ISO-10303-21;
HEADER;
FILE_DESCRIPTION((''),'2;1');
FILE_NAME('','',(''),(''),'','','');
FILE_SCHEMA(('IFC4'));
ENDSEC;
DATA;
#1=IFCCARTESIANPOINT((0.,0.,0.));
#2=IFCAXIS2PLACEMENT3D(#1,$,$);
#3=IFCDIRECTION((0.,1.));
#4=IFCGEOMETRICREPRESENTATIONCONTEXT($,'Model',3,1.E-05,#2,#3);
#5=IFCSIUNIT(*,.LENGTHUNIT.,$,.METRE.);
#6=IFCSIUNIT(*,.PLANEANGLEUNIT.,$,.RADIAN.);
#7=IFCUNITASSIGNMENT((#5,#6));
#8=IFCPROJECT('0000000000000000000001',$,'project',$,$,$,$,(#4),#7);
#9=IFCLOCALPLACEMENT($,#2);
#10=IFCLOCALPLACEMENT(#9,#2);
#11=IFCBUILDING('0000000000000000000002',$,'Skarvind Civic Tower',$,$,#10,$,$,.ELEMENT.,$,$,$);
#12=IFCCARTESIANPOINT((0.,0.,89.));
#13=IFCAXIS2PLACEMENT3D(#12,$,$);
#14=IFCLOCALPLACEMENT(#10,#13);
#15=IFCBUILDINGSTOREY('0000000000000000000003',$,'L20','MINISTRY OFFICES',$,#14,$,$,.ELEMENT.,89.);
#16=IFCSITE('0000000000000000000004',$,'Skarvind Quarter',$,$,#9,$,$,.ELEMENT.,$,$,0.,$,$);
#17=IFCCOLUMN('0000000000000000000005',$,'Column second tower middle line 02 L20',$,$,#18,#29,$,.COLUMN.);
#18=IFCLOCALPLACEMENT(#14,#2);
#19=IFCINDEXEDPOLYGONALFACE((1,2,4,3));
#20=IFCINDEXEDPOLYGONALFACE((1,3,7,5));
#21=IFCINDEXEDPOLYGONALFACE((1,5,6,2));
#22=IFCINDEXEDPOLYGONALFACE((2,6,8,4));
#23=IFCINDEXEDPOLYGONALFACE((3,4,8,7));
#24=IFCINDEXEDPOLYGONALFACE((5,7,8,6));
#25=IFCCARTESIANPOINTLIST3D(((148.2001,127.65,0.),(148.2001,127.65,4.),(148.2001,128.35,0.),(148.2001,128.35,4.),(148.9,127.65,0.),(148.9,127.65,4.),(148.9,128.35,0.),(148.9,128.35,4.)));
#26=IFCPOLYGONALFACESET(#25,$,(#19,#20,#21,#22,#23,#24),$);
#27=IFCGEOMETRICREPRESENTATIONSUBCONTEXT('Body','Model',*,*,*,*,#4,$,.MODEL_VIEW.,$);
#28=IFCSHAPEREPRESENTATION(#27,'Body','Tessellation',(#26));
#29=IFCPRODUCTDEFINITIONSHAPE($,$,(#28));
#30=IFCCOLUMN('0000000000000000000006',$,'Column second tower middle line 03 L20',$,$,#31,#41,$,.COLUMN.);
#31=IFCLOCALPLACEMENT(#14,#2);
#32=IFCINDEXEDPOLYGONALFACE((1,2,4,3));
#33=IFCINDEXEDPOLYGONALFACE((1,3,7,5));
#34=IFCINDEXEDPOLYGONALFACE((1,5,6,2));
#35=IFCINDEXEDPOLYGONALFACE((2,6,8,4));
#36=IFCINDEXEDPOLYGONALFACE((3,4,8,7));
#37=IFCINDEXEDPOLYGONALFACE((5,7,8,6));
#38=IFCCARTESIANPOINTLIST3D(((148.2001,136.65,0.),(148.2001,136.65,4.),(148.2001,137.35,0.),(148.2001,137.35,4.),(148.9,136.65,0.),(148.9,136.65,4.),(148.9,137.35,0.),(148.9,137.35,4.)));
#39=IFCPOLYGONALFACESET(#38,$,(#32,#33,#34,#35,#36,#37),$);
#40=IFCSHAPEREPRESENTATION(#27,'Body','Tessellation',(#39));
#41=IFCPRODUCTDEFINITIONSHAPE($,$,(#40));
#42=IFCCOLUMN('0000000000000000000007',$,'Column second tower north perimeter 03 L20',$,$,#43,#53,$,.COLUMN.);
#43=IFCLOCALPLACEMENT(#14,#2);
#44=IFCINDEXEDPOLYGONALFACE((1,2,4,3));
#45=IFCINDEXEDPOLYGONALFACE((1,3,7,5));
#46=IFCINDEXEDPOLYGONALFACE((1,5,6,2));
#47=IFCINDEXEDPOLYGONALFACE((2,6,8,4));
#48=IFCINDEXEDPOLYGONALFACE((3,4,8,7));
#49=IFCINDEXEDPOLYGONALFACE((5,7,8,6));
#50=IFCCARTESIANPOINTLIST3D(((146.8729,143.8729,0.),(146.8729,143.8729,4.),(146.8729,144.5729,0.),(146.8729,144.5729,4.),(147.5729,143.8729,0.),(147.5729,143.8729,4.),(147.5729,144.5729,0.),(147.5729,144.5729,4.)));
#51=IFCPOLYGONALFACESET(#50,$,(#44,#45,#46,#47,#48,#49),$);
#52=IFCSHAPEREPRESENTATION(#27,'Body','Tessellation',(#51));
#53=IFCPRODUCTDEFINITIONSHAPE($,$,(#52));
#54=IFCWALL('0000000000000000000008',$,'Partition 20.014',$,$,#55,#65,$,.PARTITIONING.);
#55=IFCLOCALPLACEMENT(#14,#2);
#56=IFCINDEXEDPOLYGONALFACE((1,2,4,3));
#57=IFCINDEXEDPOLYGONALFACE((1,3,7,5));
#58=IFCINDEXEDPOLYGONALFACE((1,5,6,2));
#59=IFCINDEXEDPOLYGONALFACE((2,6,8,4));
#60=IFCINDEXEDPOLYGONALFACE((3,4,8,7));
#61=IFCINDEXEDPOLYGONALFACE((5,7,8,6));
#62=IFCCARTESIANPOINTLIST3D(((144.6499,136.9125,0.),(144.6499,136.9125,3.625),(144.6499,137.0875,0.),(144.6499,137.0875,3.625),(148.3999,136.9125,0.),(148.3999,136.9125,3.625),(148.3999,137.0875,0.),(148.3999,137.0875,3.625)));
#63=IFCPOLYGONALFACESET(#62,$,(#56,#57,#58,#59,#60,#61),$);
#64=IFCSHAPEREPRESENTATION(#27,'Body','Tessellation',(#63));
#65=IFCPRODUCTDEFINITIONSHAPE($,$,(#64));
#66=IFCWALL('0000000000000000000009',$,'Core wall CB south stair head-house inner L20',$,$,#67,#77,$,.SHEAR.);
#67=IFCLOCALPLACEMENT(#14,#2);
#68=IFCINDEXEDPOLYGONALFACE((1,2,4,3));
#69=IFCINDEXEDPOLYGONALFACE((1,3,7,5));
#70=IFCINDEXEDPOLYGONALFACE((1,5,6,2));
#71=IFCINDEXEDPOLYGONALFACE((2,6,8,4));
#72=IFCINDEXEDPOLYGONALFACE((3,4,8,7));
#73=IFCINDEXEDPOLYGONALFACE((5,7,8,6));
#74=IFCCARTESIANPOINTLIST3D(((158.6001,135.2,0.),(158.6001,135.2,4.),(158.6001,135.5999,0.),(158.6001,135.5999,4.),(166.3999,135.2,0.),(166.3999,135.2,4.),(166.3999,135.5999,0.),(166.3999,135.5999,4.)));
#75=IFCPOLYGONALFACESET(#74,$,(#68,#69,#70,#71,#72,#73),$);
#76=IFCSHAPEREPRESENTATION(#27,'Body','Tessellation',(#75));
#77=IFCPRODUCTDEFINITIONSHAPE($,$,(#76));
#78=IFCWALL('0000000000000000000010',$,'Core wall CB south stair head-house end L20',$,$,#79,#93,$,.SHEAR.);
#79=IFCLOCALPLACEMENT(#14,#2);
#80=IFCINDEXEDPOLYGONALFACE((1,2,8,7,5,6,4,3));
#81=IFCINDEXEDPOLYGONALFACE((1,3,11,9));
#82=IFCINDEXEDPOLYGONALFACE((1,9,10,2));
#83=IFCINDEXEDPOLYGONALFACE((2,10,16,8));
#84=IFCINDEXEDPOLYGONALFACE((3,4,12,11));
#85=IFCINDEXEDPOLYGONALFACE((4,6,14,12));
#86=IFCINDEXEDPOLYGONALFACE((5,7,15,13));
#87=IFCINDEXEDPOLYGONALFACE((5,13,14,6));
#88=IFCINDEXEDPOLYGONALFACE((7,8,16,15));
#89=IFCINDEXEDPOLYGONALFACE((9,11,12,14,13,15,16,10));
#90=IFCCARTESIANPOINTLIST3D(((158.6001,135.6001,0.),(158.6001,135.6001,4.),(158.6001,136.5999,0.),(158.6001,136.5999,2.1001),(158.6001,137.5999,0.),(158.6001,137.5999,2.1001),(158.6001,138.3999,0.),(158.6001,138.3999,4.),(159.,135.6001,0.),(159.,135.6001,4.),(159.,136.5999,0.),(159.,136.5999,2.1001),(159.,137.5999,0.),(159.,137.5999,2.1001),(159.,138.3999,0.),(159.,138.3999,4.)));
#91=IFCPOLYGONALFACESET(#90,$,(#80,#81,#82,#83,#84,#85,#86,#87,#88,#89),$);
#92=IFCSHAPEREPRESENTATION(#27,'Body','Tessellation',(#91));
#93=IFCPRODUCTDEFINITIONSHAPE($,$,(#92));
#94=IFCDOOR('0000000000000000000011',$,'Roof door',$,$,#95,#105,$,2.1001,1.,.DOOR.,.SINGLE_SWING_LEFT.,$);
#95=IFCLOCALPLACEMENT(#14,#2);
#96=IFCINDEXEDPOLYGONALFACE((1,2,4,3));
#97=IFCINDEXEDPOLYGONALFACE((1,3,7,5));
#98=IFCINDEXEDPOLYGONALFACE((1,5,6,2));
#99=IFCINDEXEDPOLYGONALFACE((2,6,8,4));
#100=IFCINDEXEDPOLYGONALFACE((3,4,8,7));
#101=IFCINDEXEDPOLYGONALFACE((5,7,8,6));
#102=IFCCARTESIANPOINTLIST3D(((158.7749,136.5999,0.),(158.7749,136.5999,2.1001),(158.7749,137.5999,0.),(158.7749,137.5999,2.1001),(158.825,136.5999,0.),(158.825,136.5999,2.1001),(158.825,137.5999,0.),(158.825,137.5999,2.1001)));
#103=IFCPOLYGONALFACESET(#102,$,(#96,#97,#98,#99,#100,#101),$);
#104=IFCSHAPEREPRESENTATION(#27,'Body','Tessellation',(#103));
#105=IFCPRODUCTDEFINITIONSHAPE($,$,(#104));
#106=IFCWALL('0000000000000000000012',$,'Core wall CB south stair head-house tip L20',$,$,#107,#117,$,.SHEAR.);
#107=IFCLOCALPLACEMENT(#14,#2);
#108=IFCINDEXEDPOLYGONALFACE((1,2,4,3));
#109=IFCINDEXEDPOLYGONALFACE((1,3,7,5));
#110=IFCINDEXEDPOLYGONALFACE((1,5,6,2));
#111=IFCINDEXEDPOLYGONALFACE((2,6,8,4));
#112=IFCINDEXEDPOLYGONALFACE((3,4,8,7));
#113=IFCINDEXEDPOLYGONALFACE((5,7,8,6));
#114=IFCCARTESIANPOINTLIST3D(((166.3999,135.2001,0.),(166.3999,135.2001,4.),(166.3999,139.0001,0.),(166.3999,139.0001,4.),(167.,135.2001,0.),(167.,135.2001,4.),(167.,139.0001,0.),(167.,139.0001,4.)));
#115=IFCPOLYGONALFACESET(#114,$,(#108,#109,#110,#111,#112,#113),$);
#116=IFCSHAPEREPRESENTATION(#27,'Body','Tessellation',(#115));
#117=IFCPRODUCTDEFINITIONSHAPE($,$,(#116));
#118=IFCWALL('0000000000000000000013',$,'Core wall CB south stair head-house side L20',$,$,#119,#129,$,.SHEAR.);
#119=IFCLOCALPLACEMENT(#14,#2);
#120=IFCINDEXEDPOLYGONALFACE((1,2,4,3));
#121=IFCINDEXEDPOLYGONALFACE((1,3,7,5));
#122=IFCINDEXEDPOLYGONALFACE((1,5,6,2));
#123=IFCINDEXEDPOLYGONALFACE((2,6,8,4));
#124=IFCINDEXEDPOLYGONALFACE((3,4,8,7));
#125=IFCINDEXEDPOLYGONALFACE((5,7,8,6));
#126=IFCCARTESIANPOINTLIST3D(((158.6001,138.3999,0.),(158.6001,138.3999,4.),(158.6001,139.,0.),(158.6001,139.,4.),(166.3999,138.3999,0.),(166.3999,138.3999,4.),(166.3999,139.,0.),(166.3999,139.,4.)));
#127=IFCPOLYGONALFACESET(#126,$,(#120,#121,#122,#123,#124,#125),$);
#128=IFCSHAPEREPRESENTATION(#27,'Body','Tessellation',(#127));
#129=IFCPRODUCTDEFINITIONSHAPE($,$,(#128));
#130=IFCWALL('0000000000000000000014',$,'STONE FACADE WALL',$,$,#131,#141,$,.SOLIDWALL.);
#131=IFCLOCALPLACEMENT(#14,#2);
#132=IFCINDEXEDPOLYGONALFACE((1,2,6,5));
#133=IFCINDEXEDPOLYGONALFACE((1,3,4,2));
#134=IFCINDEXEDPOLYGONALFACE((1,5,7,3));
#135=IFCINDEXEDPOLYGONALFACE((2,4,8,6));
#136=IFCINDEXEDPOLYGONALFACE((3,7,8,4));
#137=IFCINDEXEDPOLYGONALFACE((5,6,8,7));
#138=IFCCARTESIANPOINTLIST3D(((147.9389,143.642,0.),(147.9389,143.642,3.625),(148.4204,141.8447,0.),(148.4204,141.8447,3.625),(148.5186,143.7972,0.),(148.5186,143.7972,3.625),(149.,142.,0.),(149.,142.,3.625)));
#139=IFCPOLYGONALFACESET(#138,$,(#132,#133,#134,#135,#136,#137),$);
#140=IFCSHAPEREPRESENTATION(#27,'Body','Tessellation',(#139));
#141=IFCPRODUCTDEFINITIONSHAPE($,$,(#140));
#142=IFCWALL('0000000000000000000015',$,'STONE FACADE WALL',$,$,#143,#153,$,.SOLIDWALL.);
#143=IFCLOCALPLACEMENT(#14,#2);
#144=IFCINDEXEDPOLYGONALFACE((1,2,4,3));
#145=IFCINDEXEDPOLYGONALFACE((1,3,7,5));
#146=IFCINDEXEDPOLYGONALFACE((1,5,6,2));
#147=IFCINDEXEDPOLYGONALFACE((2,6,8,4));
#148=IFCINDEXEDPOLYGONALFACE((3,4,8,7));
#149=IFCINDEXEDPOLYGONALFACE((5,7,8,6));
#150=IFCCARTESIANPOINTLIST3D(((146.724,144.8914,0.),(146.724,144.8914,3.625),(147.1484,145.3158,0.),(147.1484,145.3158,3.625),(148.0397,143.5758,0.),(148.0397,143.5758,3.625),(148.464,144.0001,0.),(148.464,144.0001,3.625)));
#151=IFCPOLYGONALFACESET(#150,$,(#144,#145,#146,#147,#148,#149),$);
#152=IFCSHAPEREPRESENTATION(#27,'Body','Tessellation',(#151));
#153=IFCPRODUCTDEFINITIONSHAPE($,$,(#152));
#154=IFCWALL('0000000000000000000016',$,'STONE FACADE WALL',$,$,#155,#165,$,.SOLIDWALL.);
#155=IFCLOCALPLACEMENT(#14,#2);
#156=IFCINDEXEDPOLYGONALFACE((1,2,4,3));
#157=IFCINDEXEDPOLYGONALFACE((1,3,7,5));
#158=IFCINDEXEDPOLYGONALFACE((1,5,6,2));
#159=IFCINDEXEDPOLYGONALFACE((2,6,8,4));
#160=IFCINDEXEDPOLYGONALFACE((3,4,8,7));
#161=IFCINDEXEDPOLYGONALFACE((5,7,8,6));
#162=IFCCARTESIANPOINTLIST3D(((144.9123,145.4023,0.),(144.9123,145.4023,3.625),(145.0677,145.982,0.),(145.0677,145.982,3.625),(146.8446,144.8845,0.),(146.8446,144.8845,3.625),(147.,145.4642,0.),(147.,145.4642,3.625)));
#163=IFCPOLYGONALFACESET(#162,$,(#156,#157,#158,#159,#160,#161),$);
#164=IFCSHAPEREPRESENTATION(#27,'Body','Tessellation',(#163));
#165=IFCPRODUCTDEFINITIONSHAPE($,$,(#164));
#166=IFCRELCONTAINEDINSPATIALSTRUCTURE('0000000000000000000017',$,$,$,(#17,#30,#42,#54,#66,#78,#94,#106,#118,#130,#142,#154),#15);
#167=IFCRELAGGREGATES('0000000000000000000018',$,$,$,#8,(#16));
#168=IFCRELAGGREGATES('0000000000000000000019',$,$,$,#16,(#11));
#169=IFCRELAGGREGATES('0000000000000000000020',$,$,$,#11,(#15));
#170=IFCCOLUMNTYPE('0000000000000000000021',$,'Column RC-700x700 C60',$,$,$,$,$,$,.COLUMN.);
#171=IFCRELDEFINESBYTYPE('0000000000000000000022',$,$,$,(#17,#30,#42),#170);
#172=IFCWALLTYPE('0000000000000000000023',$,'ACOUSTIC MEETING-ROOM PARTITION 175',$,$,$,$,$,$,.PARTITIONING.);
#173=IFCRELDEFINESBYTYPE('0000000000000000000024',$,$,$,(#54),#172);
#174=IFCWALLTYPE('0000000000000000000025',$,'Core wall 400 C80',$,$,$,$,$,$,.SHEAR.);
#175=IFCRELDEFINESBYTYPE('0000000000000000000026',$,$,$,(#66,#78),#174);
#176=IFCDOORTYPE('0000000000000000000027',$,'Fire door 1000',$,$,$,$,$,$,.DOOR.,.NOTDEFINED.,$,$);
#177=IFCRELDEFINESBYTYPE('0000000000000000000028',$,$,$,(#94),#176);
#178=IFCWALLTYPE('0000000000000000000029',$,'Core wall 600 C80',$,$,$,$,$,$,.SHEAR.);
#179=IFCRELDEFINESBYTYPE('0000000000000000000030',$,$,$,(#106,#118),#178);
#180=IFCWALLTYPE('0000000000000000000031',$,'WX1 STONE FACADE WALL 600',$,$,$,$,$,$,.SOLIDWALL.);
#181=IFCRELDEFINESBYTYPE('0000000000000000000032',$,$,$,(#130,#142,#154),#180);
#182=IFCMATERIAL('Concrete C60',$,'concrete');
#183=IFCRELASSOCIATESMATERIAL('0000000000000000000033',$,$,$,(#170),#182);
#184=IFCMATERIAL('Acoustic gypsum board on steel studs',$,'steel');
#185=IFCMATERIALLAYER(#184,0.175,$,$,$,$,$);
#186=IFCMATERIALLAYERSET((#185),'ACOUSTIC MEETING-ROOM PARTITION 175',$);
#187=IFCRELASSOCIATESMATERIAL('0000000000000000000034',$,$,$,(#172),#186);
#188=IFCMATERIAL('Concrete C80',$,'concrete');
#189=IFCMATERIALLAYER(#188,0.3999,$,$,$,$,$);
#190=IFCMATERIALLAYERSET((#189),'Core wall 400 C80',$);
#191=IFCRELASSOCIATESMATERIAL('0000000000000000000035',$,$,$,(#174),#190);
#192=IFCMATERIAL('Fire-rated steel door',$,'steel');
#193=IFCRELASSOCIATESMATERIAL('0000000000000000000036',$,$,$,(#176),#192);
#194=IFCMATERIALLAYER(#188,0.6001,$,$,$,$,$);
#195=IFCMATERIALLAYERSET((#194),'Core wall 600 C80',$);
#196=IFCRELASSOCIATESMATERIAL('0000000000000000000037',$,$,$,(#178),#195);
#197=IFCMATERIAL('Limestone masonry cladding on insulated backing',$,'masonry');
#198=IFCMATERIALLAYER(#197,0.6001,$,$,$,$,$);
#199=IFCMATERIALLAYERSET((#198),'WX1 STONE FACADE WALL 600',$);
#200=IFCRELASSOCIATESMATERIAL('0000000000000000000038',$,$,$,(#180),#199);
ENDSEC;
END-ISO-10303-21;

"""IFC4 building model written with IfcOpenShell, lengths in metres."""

from ifc_helpers import new_model, si_unit, direction, frame, frame_2d, origin, origin_2d, place, context, subcontext, project, spatial, rectangle, extrude, material, layer, layer_set, material_profile, profile_set, type_object, element, fill, save


model = new_model("IFC4")

# Units and contexts
model_context = context("Model", 3, precision=1e-05, world=origin(), true_north=direction((0.0, 1.0)))
body_context = subcontext(model_context, "Body", "Model", "MODEL_VIEW")
ifc_project = project(units=[si_unit("LENGTHUNIT", "METRE"), si_unit("PLANEANGLEUNIT", "RADIAN")], contexts=[model_context])

# Site, building, storey
site_placement = place(None, origin())
site = spatial("IfcSite", under=ifc_project, at=site_placement, Name="Skarvind Quarter", CompositionType="ELEMENT", RefElevation=0.0)
building_placement = place(site_placement, origin())
building = spatial("IfcBuilding", under=site, at=building_placement, Name="Skarvind Civic Tower", CompositionType="ELEMENT")
storey_placement = place(building_placement, frame((0.0, 0.0, 89.0)))
storey = spatial("IfcBuildingStorey", under=building, at=storey_placement, Name="L20", Description="MINISTRY OFFICES", CompositionType="ELEMENT", Elevation=89.0)

# Columns
ifc_material_1 = material(Name="Concrete C60", Category="concrete")
ifc_material_profile = material_profile(ifc_material_1, rectangle(XDim=0.7, YDim=0.7, at=origin_2d()), Name="RC-700x700")
ifc_profile_set = profile_set([ifc_material_profile], Name="Concrete C60")
column_type = type_object("IfcColumnType", Name="Column RC-700x700 C60", PredefinedType="COLUMN", material=ifc_profile_set)
for number, where, z_axis, x_axis, name in (
    (1, (148.55, 128.0, 0.0), (0.0, 0.0, 1.0), (1.0, 0.0, 0.0), "Column second tower middle line 02 L20"),
    (2, (148.55, 137.0, 0.0), (0.0, 0.0, 1.0), (1.0, 0.0, 0.0), "Column second tower middle line 03 L20"),
    (3, (147.2229, 144.2229, 0.0), (0.0, 0.0, 1.0), (1.0, 0.0, 0.0), "Column second tower north perimeter 03 L20"),
):
    element("IfcColumn", number, at=place(storey_placement, frame(where, z_axis=z_axis, x_axis=x_axis)), inside=storey, type_object=column_type, Name=name, PredefinedType="COLUMN", context=body_context, shape_type="SweptSolid", body=[
        extrude(rectangle(XDim=0.7, YDim=0.7, at=origin_2d()), origin(), (0.0, 0.0, 1.0), 4.0),
    ])

# Walls
ifc_material_2 = material(Name="Acoustic gypsum board on steel studs", Category="steel")
ifc_layer_1 = layer(ifc_material_2, 0.175)
ifc_layer_set_1 = layer_set([ifc_layer_1], Name="ACOUSTIC MEETING-ROOM PARTITION 175")
wall_type_1 = type_object("IfcWallType", Name="ACOUSTIC MEETING-ROOM PARTITION 175", PredefinedType="PARTITIONING", material=ifc_layer_set_1)
wall_1_placement = place(storey_placement, frame((144.6499, 137.0, 0.0), z_axis=(0.0, 0.0, 1.0), x_axis=(1.0, 0.0, 0.0)))
element("IfcWall", 4, at=wall_1_placement, inside=storey, type_object=wall_type_1, Name="Partition 20.014", PredefinedType="PARTITIONING", context=body_context, shape_type="SweptSolid", body=[
    extrude(rectangle(XDim=3.75, YDim=0.175, at=frame_2d((1.875, 0.0))), origin(), (0.0, 0.0, 1.0), 3.625),
])
ifc_material_3 = material(Name="Concrete C80", Category="concrete")
ifc_layer_2 = layer(ifc_material_3, 0.3999)
ifc_layer_set_2 = layer_set([ifc_layer_2], Name="Core wall 400 C80")
wall_type_2 = type_object("IfcWallType", Name="Core wall 400 C80", PredefinedType="SHEAR", material=ifc_layer_set_2)
wall_2_placement = place(storey_placement, frame((166.3999, 135.3999, 0.0), z_axis=(0.0, 0.0, 1.0), x_axis=(-1.0, 0.0, 0.0)))
element("IfcWall", 5, at=wall_2_placement, inside=storey, type_object=wall_type_2, Name="Core wall CB south stair head-house inner L20", PredefinedType="SHEAR", context=body_context, shape_type="SweptSolid", body=[
    extrude(rectangle(XDim=7.7998, YDim=0.3999, at=frame_2d((3.8999, 0.0))), origin(), (0.0, 0.0, 1.0), 4.0),
])

# Wall, opening, door
wall_3_placement = place(storey_placement, frame((158.8, 138.3999, 0.0), z_axis=(0.0, 0.0, 1.0), x_axis=(0.0, -1.0, 0.0)))
wall_3 = element("IfcWall", 6, at=wall_3_placement, inside=storey, type_object=wall_type_2, Name="Core wall CB south stair head-house end L20", PredefinedType="SHEAR", context=body_context, shape_type="SweptSolid", body=[
    extrude(rectangle(XDim=2.7998, YDim=0.3999, at=frame_2d((1.3999, 0.0))), origin(), (0.0, 0.0, 1.0), 4.0),
])
opening_1_placement = place(wall_3_placement, frame((0.8, 0.0, 0.0)))
opening_1 = element("IfcOpeningElement", 7, at=opening_1_placement, cuts=wall_3, PredefinedType="OPENING", context=body_context, shape_type="SweptSolid", body=[
    extrude(rectangle(XDim=1.0, YDim=2.1001, at=frame_2d((0.5, 1.05))), frame((0.0, 0.21, 0.0), z_axis=(0.0, -1.0, 0.0), x_axis=(1.0, 0.0, 0.0)), (0.0, 0.0, 1.0), 0.4199),
])
ifc_material_4 = material(Name="Fire-rated steel door", Category="steel")
door_type_1 = type_object("IfcDoorType", Name="Fire door 1000", OperationType="NOTDEFINED", PredefinedType="DOOR", material=ifc_material_4)
door_1_placement = place(opening_1_placement, origin())
door_1 = element("IfcDoor", 8, at=door_1_placement, inside=storey, type_object=door_type_1, Name="Roof door", OperationType="SINGLE_SWING_LEFT", OverallHeight=2.1001, OverallWidth=1.0, PredefinedType="DOOR", context=body_context, shape_type="SweptSolid", body=[
    extrude(rectangle(XDim=1.0, YDim=2.1001, at=frame_2d((0.5, 1.05))), frame((0.0, 0.0249, 0.0), z_axis=(0.0, -1.0, 0.0), x_axis=(1.0, 0.0, 0.0)), (0.0, 0.0, 1.0), 0.05),
])
fill(opening_1, door_1)

# Walls
ifc_layer_3 = layer(ifc_material_3, 0.6001)
ifc_layer_set_3 = layer_set([ifc_layer_3], Name="Core wall 600 C80")
wall_type_3 = type_object("IfcWallType", Name="Core wall 600 C80", PredefinedType="SHEAR", material=ifc_layer_set_3)
wall_4_placement = place(storey_placement, frame((166.7, 139.0, 0.0), z_axis=(0.0, 0.0, 1.0), x_axis=(0.0, -1.0, 0.0)))
element("IfcWall", 9, at=wall_4_placement, inside=storey, type_object=wall_type_3, Name="Core wall CB south stair head-house tip L20", PredefinedType="SHEAR", context=body_context, shape_type="SweptSolid", body=[
    extrude(rectangle(XDim=3.8, YDim=0.6001, at=frame_2d((1.8999, 0.0))), origin(), (0.0, 0.0, 1.0), 4.0),
])
wall_5_placement = place(storey_placement, frame((166.3999, 138.7, 0.0), z_axis=(0.0, 0.0, 1.0), x_axis=(-1.0, 0.0, 0.0)))
element("IfcWall", 10, at=wall_5_placement, inside=storey, type_object=wall_type_3, Name="Core wall CB south stair head-house side L20", PredefinedType="SHEAR", context=body_context, shape_type="SweptSolid", body=[
    extrude(rectangle(XDim=7.7998, YDim=0.6001, at=frame_2d((3.8999, 0.0))), origin(), (0.0, 0.0, 1.0), 4.0),
])

# Shared definitions
ifc_material_5 = material(Name="Limestone masonry cladding on insulated backing", Category="masonry")
ifc_layer_4 = layer(ifc_material_5, 0.6001)
ifc_layer_set_4 = layer_set([ifc_layer_4], Name="WX1 STONE FACADE WALL 600")
wall_type_4 = type_object("IfcWallType", Name="WX1 STONE FACADE WALL 600", PredefinedType="SOLIDWALL", material=ifc_layer_set_4)

# Walls
for number, where, z_axis, x_axis, name in (
    (11, (148.2288, 143.7195, 0.0), (0.0, 0.0, 1.0), (0.258773, -0.965938, 0.0), "STONE FACADE WALL"),
    (12, (146.9363, 145.1035, 0.0), (0.0, 0.0, 1.0), (0.707107, -0.707107, 0.0), "STONE FACADE WALL"),
):
    element("IfcWall", number, at=place(storey_placement, frame(where, z_axis=z_axis, x_axis=x_axis)), inside=storey, type_object=wall_type_4, Name=name, PredefinedType="SOLIDWALL", context=body_context, shape_type="SweptSolid", body=[
        extrude(rectangle(XDim=1.8606, YDim=0.6001, at=frame_2d((0.9302, 0.0))), origin(), (0.0, 0.0, 1.0), 3.625),
    ])
wall_6_placement = place(storey_placement, frame((144.99, 145.6921, 0.0), z_axis=(0.0, 0.0, 1.0), x_axis=(0.96592, -0.25884, 0.0)))
element("IfcWall", 13, at=wall_6_placement, inside=storey, type_object=wall_type_4, Name="STONE FACADE WALL", PredefinedType="SOLIDWALL", context=body_context, shape_type="SweptSolid", body=[
    extrude(rectangle(XDim=2.0005, YDim=0.6001, at=frame_2d((1.0002, 0.0))), origin(), (0.0, 0.0, 1.0), 3.625),
])

save(model, "model.ifc")
